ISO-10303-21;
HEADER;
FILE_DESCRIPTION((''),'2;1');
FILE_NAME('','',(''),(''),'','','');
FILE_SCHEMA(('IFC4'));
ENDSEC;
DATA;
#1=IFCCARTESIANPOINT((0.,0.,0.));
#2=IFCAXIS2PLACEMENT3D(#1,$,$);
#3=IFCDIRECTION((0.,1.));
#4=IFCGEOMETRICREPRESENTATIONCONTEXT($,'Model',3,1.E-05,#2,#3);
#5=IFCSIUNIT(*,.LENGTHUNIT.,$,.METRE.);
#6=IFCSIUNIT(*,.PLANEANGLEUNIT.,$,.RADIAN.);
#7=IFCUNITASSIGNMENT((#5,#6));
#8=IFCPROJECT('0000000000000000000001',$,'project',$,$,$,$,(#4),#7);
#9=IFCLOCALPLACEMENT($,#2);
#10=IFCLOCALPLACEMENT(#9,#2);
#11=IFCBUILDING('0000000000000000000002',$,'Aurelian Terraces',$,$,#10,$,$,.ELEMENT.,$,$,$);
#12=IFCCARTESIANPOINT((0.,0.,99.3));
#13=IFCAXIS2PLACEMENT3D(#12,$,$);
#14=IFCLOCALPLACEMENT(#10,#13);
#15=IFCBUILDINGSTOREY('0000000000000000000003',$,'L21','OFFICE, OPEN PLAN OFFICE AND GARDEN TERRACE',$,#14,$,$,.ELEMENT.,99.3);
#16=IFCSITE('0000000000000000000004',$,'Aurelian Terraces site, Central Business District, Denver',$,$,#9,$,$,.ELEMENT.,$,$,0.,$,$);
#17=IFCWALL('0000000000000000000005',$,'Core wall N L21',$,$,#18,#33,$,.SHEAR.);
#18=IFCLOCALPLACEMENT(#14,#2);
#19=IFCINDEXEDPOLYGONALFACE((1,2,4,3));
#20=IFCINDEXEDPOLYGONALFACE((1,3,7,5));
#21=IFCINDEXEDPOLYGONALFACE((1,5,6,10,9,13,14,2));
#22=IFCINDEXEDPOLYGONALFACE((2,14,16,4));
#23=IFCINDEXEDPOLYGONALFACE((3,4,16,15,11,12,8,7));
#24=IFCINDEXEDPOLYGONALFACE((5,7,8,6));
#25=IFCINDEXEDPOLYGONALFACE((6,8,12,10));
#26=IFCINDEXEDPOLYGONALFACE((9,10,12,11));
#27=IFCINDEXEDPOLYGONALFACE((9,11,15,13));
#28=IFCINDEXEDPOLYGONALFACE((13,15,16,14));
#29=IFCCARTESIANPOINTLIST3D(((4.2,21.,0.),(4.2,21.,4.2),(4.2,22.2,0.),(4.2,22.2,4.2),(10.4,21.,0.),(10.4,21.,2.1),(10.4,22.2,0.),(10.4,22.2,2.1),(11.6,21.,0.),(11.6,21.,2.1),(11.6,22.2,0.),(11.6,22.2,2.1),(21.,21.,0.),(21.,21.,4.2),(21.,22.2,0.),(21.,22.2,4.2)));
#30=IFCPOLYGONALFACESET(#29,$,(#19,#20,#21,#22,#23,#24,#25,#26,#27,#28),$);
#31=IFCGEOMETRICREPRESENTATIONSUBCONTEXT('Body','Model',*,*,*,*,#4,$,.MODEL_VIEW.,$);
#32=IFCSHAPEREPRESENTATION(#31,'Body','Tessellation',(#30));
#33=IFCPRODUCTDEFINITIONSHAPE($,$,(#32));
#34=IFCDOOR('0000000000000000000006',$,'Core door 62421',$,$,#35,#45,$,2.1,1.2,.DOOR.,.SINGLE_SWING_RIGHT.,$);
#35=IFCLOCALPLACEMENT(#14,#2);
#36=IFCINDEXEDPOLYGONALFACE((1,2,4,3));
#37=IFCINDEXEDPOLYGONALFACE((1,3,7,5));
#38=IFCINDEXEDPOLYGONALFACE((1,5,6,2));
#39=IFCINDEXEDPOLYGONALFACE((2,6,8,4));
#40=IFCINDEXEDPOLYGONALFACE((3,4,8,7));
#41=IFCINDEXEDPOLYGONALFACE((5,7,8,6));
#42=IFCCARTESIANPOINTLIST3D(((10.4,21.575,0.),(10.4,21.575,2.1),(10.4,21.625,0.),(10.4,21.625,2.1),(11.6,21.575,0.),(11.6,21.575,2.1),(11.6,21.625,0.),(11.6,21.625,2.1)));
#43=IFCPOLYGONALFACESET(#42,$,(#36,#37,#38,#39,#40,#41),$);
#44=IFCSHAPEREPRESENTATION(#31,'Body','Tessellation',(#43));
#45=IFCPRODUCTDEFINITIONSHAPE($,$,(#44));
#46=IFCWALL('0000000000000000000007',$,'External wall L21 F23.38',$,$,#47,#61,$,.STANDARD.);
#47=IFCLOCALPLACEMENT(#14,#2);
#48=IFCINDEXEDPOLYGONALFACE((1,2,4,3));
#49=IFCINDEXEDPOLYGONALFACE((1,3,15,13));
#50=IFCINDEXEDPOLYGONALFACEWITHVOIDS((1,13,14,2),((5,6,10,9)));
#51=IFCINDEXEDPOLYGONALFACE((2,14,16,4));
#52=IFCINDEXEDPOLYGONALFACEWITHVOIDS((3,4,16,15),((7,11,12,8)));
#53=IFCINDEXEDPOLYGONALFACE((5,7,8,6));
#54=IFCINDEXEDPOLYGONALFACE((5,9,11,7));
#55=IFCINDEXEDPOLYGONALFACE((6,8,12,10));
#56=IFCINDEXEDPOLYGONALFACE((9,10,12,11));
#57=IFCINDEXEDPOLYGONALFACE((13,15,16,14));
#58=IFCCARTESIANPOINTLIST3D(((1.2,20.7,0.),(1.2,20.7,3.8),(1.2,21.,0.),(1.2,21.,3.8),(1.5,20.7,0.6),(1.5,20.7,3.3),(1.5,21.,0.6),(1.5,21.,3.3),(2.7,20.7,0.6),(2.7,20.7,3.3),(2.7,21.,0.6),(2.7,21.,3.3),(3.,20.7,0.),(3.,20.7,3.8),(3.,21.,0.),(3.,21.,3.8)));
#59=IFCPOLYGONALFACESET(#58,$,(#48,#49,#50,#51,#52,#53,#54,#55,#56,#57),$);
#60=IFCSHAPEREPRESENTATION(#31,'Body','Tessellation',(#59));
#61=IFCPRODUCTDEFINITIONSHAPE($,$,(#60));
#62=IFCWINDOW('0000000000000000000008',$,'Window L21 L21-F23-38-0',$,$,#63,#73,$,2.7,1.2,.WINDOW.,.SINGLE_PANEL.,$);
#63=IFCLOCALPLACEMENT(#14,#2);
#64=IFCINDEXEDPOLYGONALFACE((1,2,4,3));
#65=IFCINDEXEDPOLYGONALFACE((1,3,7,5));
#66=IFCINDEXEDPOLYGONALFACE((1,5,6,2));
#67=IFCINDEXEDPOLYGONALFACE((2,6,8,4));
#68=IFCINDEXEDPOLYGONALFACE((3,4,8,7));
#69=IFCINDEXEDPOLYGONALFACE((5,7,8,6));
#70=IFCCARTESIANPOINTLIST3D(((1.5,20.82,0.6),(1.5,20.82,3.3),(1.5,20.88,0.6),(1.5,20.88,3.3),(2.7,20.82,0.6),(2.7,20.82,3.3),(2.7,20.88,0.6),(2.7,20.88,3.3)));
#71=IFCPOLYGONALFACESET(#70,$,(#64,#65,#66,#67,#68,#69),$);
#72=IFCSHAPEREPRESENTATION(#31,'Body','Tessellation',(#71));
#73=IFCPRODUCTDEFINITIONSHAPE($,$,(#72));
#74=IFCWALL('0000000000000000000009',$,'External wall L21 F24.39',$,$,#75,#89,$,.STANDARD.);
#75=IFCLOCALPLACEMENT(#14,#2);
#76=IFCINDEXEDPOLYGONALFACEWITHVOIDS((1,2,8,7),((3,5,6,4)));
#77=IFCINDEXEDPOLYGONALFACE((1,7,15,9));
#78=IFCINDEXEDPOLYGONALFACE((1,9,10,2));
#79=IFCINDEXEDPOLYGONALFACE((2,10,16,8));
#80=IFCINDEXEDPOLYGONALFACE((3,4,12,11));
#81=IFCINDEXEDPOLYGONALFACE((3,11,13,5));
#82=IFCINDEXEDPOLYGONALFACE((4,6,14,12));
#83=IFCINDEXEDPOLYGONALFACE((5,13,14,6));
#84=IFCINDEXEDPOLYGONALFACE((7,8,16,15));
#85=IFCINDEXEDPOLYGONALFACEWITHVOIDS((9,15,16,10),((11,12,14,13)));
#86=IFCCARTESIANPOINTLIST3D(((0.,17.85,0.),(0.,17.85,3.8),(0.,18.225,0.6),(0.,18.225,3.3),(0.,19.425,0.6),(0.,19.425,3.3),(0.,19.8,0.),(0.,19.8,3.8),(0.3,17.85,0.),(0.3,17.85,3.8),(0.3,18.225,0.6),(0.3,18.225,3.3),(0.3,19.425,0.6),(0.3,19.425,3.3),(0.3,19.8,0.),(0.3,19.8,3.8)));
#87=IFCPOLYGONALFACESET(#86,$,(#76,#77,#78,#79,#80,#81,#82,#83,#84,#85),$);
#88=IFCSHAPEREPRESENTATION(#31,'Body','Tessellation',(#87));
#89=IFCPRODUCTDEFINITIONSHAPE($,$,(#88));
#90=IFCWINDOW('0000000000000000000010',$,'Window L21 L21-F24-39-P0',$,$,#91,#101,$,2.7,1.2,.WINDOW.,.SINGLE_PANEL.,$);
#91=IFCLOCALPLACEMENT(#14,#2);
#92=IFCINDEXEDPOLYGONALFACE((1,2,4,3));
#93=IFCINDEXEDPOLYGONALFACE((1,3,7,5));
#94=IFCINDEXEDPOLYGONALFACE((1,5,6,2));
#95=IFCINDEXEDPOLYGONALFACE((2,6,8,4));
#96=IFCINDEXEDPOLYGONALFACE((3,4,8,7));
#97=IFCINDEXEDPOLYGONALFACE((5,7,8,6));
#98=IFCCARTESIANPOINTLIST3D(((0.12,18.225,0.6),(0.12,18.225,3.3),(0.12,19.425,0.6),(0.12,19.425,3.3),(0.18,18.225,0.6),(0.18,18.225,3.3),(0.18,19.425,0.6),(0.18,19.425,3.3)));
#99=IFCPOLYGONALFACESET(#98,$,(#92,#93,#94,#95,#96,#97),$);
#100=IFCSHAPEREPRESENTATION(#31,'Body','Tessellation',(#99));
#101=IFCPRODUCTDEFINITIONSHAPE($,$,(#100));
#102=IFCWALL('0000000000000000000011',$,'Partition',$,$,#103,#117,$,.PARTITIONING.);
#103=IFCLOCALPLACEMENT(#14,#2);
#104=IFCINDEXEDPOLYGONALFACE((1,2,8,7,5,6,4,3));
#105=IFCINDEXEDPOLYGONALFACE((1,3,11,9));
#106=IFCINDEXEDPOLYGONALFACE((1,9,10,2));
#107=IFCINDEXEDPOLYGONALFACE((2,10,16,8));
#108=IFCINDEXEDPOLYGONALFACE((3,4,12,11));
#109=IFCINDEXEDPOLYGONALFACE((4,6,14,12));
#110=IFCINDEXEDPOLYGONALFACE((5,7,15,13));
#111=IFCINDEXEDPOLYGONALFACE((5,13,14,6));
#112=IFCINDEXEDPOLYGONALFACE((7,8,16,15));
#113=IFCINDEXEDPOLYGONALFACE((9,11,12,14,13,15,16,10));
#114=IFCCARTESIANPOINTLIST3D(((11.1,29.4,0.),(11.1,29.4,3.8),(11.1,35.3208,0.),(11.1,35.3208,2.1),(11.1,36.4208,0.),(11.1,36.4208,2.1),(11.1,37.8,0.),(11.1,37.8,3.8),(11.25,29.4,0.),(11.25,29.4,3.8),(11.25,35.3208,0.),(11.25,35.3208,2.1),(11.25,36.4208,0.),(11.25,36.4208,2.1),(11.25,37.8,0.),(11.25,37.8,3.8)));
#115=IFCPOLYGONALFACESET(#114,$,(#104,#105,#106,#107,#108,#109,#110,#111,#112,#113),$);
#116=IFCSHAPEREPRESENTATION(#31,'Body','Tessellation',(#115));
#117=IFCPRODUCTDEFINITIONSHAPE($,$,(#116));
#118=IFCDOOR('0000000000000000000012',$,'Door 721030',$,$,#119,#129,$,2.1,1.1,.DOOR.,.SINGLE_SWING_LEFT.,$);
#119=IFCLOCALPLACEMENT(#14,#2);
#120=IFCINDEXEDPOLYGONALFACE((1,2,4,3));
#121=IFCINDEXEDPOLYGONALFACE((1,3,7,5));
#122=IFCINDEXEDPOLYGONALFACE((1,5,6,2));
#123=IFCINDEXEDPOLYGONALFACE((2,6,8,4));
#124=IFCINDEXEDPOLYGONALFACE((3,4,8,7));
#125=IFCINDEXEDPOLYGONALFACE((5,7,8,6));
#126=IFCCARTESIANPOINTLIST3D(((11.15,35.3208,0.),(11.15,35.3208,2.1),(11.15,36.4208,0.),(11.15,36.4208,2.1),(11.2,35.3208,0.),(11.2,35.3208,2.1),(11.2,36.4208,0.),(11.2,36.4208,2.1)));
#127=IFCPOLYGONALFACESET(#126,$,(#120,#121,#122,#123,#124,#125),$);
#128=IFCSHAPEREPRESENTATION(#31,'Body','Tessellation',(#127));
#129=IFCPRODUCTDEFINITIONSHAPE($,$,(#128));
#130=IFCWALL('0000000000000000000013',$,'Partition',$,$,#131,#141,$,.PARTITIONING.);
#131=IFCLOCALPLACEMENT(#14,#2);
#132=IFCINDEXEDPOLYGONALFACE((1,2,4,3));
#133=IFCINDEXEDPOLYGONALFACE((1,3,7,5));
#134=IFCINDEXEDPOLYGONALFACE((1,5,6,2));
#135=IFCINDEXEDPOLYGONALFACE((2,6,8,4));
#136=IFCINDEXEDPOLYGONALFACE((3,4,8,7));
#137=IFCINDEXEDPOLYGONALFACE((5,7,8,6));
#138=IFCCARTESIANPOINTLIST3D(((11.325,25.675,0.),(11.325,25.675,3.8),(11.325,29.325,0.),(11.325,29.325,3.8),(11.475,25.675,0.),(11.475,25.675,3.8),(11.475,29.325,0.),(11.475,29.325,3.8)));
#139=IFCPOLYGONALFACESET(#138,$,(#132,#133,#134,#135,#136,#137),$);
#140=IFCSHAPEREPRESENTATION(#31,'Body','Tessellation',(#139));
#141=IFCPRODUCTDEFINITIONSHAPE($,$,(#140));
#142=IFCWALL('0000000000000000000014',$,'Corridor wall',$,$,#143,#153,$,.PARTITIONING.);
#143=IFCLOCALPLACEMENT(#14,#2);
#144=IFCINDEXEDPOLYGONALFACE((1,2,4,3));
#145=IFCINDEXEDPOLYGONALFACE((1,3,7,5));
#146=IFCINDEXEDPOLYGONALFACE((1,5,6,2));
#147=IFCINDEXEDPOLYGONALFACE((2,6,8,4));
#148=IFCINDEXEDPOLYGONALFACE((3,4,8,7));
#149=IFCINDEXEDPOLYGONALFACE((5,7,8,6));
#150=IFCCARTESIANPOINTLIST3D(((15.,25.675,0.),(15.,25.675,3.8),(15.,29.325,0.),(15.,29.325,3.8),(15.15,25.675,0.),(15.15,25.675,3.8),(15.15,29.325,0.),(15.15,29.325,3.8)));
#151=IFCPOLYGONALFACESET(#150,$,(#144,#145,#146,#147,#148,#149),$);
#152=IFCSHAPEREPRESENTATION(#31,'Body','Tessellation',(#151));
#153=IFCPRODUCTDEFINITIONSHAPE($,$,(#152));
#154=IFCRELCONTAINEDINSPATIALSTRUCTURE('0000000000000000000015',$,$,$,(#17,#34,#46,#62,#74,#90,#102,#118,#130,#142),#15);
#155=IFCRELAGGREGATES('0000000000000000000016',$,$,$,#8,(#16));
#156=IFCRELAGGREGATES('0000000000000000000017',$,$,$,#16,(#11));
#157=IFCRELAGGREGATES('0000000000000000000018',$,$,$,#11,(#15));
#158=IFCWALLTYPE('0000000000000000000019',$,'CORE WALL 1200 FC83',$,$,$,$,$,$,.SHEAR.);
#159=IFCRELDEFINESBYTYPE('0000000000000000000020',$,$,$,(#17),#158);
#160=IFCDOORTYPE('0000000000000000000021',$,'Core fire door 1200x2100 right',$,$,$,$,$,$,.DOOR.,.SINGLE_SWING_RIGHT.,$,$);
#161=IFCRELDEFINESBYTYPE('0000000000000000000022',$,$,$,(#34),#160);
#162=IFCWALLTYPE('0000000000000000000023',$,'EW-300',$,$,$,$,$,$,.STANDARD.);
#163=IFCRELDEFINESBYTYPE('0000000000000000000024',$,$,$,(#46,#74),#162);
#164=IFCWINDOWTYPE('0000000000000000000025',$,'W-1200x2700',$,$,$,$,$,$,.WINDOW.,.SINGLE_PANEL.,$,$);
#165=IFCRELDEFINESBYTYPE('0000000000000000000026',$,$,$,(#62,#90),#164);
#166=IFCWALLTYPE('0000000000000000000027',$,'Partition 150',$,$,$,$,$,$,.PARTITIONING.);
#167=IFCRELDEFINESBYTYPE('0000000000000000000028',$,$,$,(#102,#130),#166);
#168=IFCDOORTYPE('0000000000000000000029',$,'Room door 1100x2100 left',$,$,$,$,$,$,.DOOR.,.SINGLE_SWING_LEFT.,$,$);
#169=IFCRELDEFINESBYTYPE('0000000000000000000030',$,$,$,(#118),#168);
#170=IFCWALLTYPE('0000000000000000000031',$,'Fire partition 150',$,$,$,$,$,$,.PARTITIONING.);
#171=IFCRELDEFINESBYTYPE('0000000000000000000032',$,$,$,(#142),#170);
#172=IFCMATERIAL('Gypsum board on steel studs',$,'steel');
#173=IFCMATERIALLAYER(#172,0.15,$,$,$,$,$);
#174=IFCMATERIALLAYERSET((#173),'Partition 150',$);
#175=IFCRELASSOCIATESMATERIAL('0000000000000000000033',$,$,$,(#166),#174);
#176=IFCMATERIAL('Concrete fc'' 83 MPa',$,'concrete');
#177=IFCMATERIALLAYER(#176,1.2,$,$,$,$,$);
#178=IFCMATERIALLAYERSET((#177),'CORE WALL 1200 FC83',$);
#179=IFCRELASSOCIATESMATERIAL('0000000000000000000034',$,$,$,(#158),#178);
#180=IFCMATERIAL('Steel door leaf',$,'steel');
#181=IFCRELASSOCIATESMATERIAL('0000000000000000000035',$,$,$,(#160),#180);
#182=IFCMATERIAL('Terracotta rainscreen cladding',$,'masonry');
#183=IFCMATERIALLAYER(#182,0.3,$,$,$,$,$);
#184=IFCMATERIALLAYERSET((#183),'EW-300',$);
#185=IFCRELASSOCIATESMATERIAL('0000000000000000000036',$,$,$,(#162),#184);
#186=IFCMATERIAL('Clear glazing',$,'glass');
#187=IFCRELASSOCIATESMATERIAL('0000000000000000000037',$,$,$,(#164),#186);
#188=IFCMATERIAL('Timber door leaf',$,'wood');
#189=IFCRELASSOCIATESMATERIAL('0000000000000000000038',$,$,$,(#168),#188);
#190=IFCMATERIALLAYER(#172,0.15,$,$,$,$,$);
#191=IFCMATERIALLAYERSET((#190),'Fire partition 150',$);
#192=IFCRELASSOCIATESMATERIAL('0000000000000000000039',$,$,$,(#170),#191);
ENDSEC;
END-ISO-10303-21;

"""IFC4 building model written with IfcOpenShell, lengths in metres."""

from ifc_helpers import new_model, si_unit, direction, frame, frame_2d, origin, place, context, subcontext, project, spatial, rectangle, extrude, source, transform, mapped, material, layer, layer_set, type_object, element, fill, save


model = new_model("IFC4")

# Units and contexts
model_context = context("Model", 3, precision=1e-05, world=origin(), true_north=direction((0.0, 1.0)))
body_context = subcontext(model_context, "Body", "Model", "MODEL_VIEW")
ifc_project = project(units=[si_unit("LENGTHUNIT", "METRE"), si_unit("PLANEANGLEUNIT", "RADIAN")], contexts=[model_context])

# Site, building, storey
site_placement = place(None, origin())
site = spatial("IfcSite", under=ifc_project, at=site_placement, Name="Aurelian Terraces site, Central Business District, Denver", CompositionType="ELEMENT", RefElevation=0.0)
building_placement = place(site_placement, origin())
building = spatial("IfcBuilding", under=site, at=building_placement, Name="Aurelian Terraces", CompositionType="ELEMENT")
storey_placement = place(building_placement, frame((0.0, 0.0, 99.3)))
storey = spatial("IfcBuildingStorey", under=building, at=storey_placement, Name="L21", Description="OFFICE, OPEN PLAN OFFICE AND GARDEN TERRACE", CompositionType="ELEMENT", Elevation=99.3)

# Shared definitions
ifc_material_1 = material(Name="Concrete fc' 83 MPa", Category="concrete")

# Shared definitions
ifc_material_2 = material(Name="Gypsum board on steel studs", Category="steel")
ifc_layer_1 = layer(ifc_material_2, 0.15)
ifc_layer_set_1 = layer_set([ifc_layer_1], Name="Partition 150")
wall_type_1 = type_object("IfcWallType", Name="Partition 150", PredefinedType="PARTITIONING", material=ifc_layer_set_1)
ifc_material_3 = material(Name="Timber door leaf", Category="wood")

# Wall, opening, door
ifc_layer_2 = layer(ifc_material_1, 1.2)
ifc_layer_set_2 = layer_set([ifc_layer_2], Name="CORE WALL 1200 FC83")
wall_type_2 = type_object("IfcWallType", Name="CORE WALL 1200 FC83", PredefinedType="SHEAR", material=ifc_layer_set_2)
shared_shape_1 = source(origin(), body_context, "Body", "SweptSolid", [
    extrude(rectangle(XDim=16.8, YDim=1.2, at=frame_2d((8.4, 0.0))), origin(), (0.0, 0.0, 1.0), 4.2),
])
wall_1_placement = place(storey_placement, frame((4.2, 21.6, 0.0), z_axis=(0.0, 0.0, 1.0), x_axis=(1.0, 0.0, 0.0)))
wall_1 = element("IfcWall", 1, at=wall_1_placement, inside=storey, type_object=wall_type_2, Name="Core wall N L21", PredefinedType="SHEAR", context=body_context, shape_type="MappedRepresentation", body=[
    mapped(shared_shape_1, transform((0.0, 0.0, 0.0), scale=1.0)),
])
shared_shape_2 = source(origin(), body_context, "Body", "SweptSolid", [
    extrude(rectangle(XDim=1.2, YDim=2.1, at=frame_2d((0.6, 1.05))), frame((0.0, 0.61, 0.0), z_axis=(0.0, -1.0, 0.0), x_axis=(1.0, 0.0, 0.0)), (0.0, 0.0, 1.0), 1.22),
])
opening_1_placement = place(wall_1_placement, frame((6.2, 0.0, 0.0)))
opening_1 = element("IfcOpeningElement", 2, at=opening_1_placement, cuts=wall_1, PredefinedType="OPENING", context=body_context, shape_type="MappedRepresentation", body=[
    mapped(shared_shape_2, transform((0.0, 0.0, 0.0), scale=1.0)),
])
ifc_material_4 = material(Name="Steel door leaf", Category="steel")
door_type_1 = type_object("IfcDoorType", Name="Core fire door 1200x2100 right", OperationType="SINGLE_SWING_RIGHT", PredefinedType="DOOR", material=ifc_material_4)
shared_shape_3 = source(origin(), body_context, "Body", "SweptSolid", [
    extrude(rectangle(XDim=1.2, YDim=2.1, at=frame_2d((0.6, 1.05))), frame((0.0, 0.025, 0.0), z_axis=(0.0, -1.0, 0.0), x_axis=(1.0, 0.0, 0.0)), (0.0, 0.0, 1.0), 0.05),
])
door_1_placement = place(opening_1_placement, origin())
door_1 = element("IfcDoor", 3, at=door_1_placement, inside=storey, type_object=door_type_1, Name="Core door 62421", OperationType="SINGLE_SWING_RIGHT", OverallHeight=2.1, OverallWidth=1.2, PredefinedType="DOOR", context=body_context, shape_type="MappedRepresentation", body=[
    mapped(shared_shape_3, transform((0.0, 0.0, 0.0), scale=1.0)),
])
fill(opening_1, door_1)

# Walls, openings, windows
ifc_material_5 = material(Name="Terracotta rainscreen cladding", Category="masonry")
ifc_layer_3 = layer(ifc_material_5, 0.3)
ifc_layer_set_3 = layer_set([ifc_layer_3], Name="EW-300")
wall_type_3 = type_object("IfcWallType", Name="EW-300", PredefinedType="STANDARD", material=ifc_layer_set_3)
shared_shape_4 = source(origin(), body_context, "Body", "SweptSolid", [
    extrude(rectangle(XDim=1.8, YDim=0.3, at=frame_2d((0.9, 0.0))), origin(), (0.0, 0.0, 1.0), 3.8),
])
wall_2_placement = place(storey_placement, frame((3.0, 20.85, 0.0), z_axis=(0.0, 0.0, 1.0), x_axis=(-1.0, 0.0, 0.0)))
wall_2 = element("IfcWall", 4, at=wall_2_placement, inside=storey, type_object=wall_type_3, Name="External wall L21 F23.38", PredefinedType="STANDARD", context=body_context, shape_type="MappedRepresentation", body=[
    mapped(shared_shape_4, transform((0.0, 0.0, 0.0), scale=1.0)),
])
shared_shape_5 = source(origin(), body_context, "Body", "SweptSolid", [
    extrude(rectangle(XDim=1.2, YDim=2.7, at=frame_2d((0.6, 1.35))), frame((0.0, 0.16, 0.0), z_axis=(0.0, -1.0, 0.0), x_axis=(1.0, 0.0, 0.0)), (0.0, 0.0, 1.0), 0.32),
])
opening_2_placement = place(wall_2_placement, frame((0.3, 0.0, 0.6)))
opening_2 = element("IfcOpeningElement", 5, at=opening_2_placement, cuts=wall_2, PredefinedType="OPENING", context=body_context, shape_type="MappedRepresentation", body=[
    mapped(shared_shape_5, transform((0.0, 0.0, 0.0), scale=1.0)),
])
ifc_material_6 = material(Name="Clear glazing", Category="glass")
window_type = type_object("IfcWindowType", Name="W-1200x2700", PartitioningType="SINGLE_PANEL", PredefinedType="WINDOW", material=ifc_material_6)
shared_shape_6 = source(origin(), body_context, "Body", "SweptSolid", [
    extrude(rectangle(XDim=1.2, YDim=2.7, at=frame_2d((0.6, 1.35))), frame((0.0, 0.03, 0.0), z_axis=(0.0, -1.0, 0.0), x_axis=(1.0, 0.0, 0.0)), (0.0, 0.0, 1.0), 0.06),
])
window_1_placement = place(opening_2_placement, origin())
window_1 = element("IfcWindow", 6, at=window_1_placement, inside=storey, type_object=window_type, Name="Window L21 L21-F23-38-0", OverallHeight=2.7, OverallWidth=1.2, PartitioningType="SINGLE_PANEL", PredefinedType="WINDOW", context=body_context, shape_type="MappedRepresentation", body=[
    mapped(shared_shape_6, transform((0.0, 0.0, 0.0), scale=1.0)),
])
fill(opening_2, window_1)
shared_shape_7 = source(origin(), body_context, "Body", "SweptSolid", [
    extrude(rectangle(XDim=1.95, YDim=0.3, at=frame_2d((0.975, 0.0))), origin(), (0.0, 0.0, 1.0), 3.8),
])
wall_3_placement = place(storey_placement, frame((0.15, 19.8, 0.0), z_axis=(0.0, 0.0, 1.0), x_axis=(0.0, -1.0, 0.0)))
wall_3 = element("IfcWall", 7, at=wall_3_placement, inside=storey, type_object=wall_type_3, Name="External wall L21 F24.39", PredefinedType="STANDARD", context=body_context, shape_type="MappedRepresentation", body=[
    mapped(shared_shape_7, transform((0.0, 0.0, 0.0), scale=1.0)),
])
opening_3_placement = place(wall_3_placement, frame((0.375, 0.0, 0.6)))
opening_3 = element("IfcOpeningElement", 8, at=opening_3_placement, cuts=wall_3, PredefinedType="OPENING", context=body_context, shape_type="MappedRepresentation", body=[
    mapped(shared_shape_5, transform((0.0, 0.0, 0.0), scale=1.0)),
])
window_2_placement = place(opening_3_placement, origin())
window_2 = element("IfcWindow", 9, at=window_2_placement, inside=storey, type_object=window_type, Name="Window L21 L21-F24-39-P0", OverallHeight=2.7, OverallWidth=1.2, PartitioningType="SINGLE_PANEL", PredefinedType="WINDOW", context=body_context, shape_type="MappedRepresentation", body=[
    mapped(shared_shape_6, transform((0.0, 0.0, 0.0), scale=1.0)),
])
fill(opening_3, window_2)

# Wall, opening, door
shared_shape_8 = source(origin(), body_context, "Body", "SweptSolid", [
    extrude(rectangle(XDim=8.4, YDim=0.15, at=frame_2d((4.2, 0.0))), origin(), (0.0, 0.0, 1.0), 3.8),
])
wall_4_placement = place(storey_placement, frame((11.175, 29.4, 0.0), z_axis=(0.0, 0.0, 1.0), x_axis=(0.0, 1.0, 0.0)))
wall_4 = element("IfcWall", 10, at=wall_4_placement, inside=storey, type_object=wall_type_1, Name="Partition", PredefinedType="PARTITIONING", context=body_context, shape_type="MappedRepresentation", body=[
    mapped(shared_shape_8, transform((0.0, 0.0, 0.0), scale=1.0)),
])
shared_shape_9 = source(origin(), body_context, "Body", "SweptSolid", [
    extrude(rectangle(XDim=1.1, YDim=2.1, at=frame_2d((0.55, 1.05))), frame((0.0, 0.085, 0.0), z_axis=(0.0, -1.0, 0.0), x_axis=(1.0, 0.0, 0.0)), (0.0, 0.0, 1.0), 0.17),
])
opening_4_placement = place(wall_4_placement, frame((5.9208, 0.0, 0.0)))
opening_4 = element("IfcOpeningElement", 11, at=opening_4_placement, cuts=wall_4, PredefinedType="OPENING", context=body_context, shape_type="MappedRepresentation", body=[
    mapped(shared_shape_9, transform((0.0, 0.0, 0.0), scale=1.0)),
])
door_type_2 = type_object("IfcDoorType", Name="Room door 1100x2100 left", OperationType="SINGLE_SWING_LEFT", PredefinedType="DOOR", material=ifc_material_3)
shared_shape_10 = source(origin(), body_context, "Body", "SweptSolid", [
    extrude(rectangle(XDim=1.1, YDim=2.1, at=frame_2d((0.55, 1.05))), frame((0.0, 0.025, 0.0), z_axis=(0.0, -1.0, 0.0), x_axis=(1.0, 0.0, 0.0)), (0.0, 0.0, 1.0), 0.05),
])
door_2_placement = place(opening_4_placement, origin())
door_2 = element("IfcDoor", 12, at=door_2_placement, inside=storey, type_object=door_type_2, Name="Door 721030", OperationType="SINGLE_SWING_LEFT", OverallHeight=2.1, OverallWidth=1.1, PredefinedType="DOOR", context=body_context, shape_type="MappedRepresentation", body=[
    mapped(shared_shape_10, transform((0.0, 0.0, 0.0), scale=1.0)),
])
fill(opening_4, door_2)

# Walls
shared_shape_11 = source(origin(), body_context, "Body", "SweptSolid", [
    extrude(rectangle(XDim=3.65, YDim=0.15, at=frame_2d((1.825, 0.0))), origin(), (0.0, 0.0, 1.0), 3.8),
])
wall_5_placement = place(storey_placement, frame((11.4, 25.675, 0.0), z_axis=(0.0, 0.0, 1.0), x_axis=(0.0, 1.0, 0.0)))
element("IfcWall", 13, at=wall_5_placement, inside=storey, type_object=wall_type_1, Name="Partition", PredefinedType="PARTITIONING", context=body_context, shape_type="MappedRepresentation", body=[
    mapped(shared_shape_11, transform((0.0, 0.0, 0.0), scale=1.0)),
])
ifc_layer_4 = layer(ifc_material_2, 0.15)
ifc_layer_set_4 = layer_set([ifc_layer_4], Name="Fire partition 150")
wall_type_4 = type_object("IfcWallType", Name="Fire partition 150", PredefinedType="PARTITIONING", material=ifc_layer_set_4)
wall_6_placement = place(storey_placement, frame((15.075, 25.675, 0.0), z_axis=(0.0, 0.0, 1.0), x_axis=(0.0, 1.0, 0.0)))
element("IfcWall", 14, at=wall_6_placement, inside=storey, type_object=wall_type_4, Name="Corridor wall", PredefinedType="PARTITIONING", context=body_context, shape_type="MappedRepresentation", body=[
    mapped(shared_shape_11, transform((0.0, 0.0, 0.0), scale=1.0)),
])

save(model, "model.ifc")
